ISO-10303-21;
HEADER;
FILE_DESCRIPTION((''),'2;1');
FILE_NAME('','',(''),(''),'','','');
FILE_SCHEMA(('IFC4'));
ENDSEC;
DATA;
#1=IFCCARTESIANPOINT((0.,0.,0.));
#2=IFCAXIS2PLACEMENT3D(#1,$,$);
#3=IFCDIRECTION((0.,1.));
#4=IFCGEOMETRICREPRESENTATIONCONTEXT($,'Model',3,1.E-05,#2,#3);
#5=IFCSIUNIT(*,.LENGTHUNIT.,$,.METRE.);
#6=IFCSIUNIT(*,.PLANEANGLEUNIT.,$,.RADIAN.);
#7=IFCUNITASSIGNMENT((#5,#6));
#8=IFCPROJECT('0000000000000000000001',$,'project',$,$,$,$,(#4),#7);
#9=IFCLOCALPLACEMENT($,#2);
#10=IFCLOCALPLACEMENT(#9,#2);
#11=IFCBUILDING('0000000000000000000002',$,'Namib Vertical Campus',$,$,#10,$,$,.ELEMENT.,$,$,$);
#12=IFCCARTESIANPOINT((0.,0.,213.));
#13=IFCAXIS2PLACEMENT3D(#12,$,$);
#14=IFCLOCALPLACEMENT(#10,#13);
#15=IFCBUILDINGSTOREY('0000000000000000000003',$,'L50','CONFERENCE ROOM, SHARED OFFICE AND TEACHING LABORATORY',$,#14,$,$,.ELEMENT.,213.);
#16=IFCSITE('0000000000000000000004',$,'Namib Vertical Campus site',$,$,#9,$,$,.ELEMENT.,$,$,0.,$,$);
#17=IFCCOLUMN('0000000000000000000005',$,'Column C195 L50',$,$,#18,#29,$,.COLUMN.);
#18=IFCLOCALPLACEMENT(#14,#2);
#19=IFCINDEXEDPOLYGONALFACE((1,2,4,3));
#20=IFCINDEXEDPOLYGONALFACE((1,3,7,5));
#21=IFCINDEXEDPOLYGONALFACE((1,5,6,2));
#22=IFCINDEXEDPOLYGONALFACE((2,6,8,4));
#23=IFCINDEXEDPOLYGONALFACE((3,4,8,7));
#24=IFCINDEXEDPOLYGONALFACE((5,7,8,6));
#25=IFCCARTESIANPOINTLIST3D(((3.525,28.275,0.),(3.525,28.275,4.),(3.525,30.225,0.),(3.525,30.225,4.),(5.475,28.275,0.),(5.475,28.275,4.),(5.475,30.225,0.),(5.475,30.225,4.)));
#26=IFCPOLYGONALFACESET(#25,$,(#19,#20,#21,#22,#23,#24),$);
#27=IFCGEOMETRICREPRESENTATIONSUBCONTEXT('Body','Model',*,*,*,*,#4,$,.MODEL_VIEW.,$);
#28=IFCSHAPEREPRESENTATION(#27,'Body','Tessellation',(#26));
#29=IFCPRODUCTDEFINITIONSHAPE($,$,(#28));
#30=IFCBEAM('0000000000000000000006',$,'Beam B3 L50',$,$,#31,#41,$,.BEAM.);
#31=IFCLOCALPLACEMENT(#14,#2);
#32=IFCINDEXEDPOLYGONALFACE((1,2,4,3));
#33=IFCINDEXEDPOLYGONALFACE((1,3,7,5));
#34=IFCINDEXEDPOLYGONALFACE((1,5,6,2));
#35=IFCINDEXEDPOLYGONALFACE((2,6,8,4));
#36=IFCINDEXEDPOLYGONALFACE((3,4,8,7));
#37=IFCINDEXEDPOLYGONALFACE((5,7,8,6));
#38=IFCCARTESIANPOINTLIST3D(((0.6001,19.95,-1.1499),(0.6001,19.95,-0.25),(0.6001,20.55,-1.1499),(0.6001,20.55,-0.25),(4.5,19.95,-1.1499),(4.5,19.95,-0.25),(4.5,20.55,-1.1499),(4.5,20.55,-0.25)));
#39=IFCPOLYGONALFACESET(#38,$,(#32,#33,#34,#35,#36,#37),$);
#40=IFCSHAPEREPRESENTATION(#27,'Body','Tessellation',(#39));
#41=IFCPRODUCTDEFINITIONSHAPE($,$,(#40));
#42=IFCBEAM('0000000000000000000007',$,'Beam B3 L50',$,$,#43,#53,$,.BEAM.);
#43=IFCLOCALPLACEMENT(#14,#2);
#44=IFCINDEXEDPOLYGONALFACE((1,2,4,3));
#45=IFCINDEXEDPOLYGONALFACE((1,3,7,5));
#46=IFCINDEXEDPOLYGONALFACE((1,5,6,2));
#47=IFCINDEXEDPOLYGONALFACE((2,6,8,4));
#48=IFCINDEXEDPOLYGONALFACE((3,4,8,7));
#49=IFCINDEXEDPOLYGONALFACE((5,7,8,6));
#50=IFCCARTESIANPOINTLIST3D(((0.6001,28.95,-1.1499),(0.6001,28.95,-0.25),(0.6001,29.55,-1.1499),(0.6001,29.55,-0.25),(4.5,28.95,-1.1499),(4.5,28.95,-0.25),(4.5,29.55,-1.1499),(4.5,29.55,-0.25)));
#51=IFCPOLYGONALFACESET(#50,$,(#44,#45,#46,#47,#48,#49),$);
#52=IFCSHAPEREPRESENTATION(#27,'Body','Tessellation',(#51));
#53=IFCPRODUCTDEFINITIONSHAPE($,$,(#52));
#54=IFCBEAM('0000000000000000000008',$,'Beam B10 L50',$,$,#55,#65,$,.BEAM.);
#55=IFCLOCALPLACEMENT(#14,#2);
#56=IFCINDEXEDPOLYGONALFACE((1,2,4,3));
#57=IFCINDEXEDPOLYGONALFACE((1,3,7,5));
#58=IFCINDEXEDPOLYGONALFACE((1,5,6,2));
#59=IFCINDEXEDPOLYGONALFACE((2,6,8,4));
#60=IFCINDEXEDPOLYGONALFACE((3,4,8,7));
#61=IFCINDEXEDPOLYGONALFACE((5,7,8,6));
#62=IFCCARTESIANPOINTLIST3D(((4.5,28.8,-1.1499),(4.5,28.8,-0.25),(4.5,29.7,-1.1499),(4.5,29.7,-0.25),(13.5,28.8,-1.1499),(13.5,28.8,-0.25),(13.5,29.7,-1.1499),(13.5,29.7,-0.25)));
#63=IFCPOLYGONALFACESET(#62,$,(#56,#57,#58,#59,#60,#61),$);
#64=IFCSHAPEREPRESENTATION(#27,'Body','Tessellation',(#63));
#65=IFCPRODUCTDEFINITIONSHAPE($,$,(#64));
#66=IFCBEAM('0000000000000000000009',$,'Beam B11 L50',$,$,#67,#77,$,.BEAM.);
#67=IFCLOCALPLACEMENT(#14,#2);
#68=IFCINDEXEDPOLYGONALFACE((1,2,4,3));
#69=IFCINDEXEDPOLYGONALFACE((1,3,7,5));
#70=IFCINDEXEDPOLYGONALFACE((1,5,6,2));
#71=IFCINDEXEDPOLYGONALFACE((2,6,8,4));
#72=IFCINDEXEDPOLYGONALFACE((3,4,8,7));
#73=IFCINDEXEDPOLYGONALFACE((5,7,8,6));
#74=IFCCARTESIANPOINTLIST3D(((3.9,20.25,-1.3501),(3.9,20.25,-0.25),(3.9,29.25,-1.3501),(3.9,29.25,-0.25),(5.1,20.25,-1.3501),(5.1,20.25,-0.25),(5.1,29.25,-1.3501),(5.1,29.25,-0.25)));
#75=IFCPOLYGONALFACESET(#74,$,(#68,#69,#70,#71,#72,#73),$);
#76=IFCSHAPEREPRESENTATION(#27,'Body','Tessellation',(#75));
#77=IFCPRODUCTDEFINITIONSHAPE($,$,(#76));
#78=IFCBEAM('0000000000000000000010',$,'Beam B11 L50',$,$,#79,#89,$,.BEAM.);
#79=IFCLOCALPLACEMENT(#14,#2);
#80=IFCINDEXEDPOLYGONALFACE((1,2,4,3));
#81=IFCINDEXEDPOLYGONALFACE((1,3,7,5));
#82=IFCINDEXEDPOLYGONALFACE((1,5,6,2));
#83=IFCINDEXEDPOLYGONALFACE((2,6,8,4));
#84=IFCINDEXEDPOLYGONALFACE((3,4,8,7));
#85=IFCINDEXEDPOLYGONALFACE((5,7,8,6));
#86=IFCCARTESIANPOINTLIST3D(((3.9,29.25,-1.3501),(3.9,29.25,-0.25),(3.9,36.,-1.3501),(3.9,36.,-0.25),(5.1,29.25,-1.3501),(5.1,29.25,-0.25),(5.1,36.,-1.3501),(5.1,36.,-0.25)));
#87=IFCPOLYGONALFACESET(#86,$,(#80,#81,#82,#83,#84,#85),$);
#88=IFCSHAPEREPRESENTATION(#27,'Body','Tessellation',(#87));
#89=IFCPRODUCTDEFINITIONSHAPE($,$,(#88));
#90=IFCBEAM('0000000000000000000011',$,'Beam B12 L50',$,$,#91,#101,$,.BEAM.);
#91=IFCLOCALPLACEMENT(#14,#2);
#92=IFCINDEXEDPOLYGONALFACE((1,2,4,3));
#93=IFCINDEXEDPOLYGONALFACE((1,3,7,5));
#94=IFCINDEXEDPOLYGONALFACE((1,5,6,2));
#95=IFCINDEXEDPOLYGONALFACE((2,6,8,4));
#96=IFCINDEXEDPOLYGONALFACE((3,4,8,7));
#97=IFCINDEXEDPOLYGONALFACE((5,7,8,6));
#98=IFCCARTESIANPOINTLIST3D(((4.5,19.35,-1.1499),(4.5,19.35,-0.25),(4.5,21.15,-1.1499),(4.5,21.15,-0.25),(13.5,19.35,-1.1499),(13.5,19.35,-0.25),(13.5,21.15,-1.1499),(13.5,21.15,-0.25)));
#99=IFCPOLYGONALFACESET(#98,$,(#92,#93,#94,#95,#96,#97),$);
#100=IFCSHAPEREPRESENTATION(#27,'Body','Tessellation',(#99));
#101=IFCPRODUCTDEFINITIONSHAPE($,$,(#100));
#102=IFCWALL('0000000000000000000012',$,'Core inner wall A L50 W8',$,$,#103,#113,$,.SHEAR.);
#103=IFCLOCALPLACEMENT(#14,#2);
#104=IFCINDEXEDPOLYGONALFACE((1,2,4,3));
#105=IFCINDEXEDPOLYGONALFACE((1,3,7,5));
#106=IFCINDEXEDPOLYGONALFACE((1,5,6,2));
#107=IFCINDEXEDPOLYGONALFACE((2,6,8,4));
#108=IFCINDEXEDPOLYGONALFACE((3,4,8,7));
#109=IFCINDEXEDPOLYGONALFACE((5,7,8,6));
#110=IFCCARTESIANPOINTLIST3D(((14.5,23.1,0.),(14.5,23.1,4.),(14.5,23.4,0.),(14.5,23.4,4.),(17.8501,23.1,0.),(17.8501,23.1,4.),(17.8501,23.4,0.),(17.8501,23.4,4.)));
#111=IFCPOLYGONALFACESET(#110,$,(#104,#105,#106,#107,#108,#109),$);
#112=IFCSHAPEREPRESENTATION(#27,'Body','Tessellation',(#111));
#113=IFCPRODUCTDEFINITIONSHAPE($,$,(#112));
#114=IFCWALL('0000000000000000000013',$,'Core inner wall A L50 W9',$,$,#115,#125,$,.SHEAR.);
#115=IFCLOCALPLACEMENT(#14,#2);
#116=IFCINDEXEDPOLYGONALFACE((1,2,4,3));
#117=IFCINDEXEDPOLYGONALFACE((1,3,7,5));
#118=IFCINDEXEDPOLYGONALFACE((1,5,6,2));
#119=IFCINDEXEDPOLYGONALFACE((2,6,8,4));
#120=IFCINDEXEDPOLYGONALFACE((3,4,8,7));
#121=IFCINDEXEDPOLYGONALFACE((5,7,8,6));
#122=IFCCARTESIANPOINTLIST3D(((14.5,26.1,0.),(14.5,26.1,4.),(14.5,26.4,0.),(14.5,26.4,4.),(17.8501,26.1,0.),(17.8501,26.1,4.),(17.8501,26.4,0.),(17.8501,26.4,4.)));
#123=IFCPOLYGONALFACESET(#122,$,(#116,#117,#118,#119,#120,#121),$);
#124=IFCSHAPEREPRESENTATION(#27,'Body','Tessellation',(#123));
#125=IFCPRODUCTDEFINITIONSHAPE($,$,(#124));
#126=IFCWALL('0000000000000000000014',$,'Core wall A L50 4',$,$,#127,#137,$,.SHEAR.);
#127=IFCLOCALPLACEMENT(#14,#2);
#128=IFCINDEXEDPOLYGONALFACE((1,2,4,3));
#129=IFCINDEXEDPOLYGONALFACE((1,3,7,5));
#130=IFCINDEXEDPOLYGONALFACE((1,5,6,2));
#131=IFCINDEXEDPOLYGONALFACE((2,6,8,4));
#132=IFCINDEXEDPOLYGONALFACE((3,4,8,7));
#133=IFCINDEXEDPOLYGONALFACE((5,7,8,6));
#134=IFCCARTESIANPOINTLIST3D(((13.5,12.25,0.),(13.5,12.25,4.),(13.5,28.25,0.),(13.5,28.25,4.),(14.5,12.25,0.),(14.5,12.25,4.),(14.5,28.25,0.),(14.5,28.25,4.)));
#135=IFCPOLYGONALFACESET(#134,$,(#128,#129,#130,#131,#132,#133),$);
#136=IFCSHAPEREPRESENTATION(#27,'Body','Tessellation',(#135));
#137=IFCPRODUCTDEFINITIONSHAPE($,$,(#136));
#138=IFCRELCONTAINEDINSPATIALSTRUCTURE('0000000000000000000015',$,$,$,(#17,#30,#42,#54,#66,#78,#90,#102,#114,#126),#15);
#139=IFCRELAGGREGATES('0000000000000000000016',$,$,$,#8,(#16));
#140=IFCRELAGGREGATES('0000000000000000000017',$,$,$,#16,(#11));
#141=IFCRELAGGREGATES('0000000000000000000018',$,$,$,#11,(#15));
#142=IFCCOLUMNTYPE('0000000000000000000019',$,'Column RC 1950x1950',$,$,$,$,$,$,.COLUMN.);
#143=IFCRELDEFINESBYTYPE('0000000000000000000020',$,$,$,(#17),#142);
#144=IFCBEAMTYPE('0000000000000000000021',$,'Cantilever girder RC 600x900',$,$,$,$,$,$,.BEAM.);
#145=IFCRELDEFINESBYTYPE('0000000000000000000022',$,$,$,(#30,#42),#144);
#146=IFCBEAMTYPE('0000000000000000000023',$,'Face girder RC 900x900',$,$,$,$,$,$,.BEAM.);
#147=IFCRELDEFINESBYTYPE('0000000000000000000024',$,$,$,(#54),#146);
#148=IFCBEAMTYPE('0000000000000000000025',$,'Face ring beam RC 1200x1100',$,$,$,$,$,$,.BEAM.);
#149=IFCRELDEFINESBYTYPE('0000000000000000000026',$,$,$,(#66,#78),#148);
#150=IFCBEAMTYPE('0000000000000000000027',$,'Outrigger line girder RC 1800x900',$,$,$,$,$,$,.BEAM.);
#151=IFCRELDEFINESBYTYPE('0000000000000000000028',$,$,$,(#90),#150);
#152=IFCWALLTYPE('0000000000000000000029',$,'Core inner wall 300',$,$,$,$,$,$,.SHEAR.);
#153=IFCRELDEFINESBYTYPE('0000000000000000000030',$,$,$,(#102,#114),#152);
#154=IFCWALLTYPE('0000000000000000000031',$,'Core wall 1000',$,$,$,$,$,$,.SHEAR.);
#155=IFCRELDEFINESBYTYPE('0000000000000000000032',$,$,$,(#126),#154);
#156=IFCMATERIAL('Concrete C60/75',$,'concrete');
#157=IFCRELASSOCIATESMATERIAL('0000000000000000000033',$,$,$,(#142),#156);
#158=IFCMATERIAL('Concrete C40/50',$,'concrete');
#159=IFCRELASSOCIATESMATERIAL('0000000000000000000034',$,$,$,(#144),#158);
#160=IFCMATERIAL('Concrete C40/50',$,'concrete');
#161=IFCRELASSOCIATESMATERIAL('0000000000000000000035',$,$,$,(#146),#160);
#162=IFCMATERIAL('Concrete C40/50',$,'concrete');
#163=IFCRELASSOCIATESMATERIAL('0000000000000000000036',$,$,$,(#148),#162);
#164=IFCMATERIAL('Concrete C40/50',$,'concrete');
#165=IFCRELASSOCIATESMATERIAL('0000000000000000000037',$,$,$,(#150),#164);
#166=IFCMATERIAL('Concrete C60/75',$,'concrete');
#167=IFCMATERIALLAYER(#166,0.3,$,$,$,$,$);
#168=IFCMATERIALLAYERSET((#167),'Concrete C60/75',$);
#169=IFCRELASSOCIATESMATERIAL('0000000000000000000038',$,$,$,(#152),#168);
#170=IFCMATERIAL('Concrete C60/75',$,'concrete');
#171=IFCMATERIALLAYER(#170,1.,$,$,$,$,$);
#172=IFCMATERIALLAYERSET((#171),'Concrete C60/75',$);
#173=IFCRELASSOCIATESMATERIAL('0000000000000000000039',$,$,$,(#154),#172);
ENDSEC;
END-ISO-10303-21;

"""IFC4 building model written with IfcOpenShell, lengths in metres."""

from ifc_helpers import new_model, si_unit, direction, frame, frame_2d, origin, origin_2d, place, context, subcontext, project, spatial, rectangle, extrude, material, layer, layer_set, material_profile, profile_set, type_object, element, save


model = new_model("IFC4")

# Units and contexts
model_context = context("Model", 3, precision=1e-05, world=origin(), true_north=direction((0.0, 1.0)))
body_context = subcontext(model_context, "Body", "Model", "MODEL_VIEW")
ifc_project = project(units=[si_unit("LENGTHUNIT", "METRE"), si_unit("PLANEANGLEUNIT", "RADIAN")], contexts=[model_context])

# Site, building, storey
site_placement = place(None, origin())
site = spatial("IfcSite", under=ifc_project, at=site_placement, Name="Namib Vertical Campus site", CompositionType="ELEMENT", RefElevation=0.0)
building_placement = place(site_placement, origin())
building = spatial("IfcBuilding", under=site, at=building_placement, Name="Namib Vertical Campus", CompositionType="ELEMENT")
storey_placement = place(building_placement, frame((0.0, 0.0, 213.0)))
storey = spatial("IfcBuildingStorey", under=building, at=storey_placement, Name="L50", Description="CONFERENCE ROOM, SHARED OFFICE AND TEACHING LABORATORY", CompositionType="ELEMENT", Elevation=213.0)

# Column
ifc_material_1 = material(Name="Concrete C60/75", Category="concrete")
ifc_material_profile_1 = material_profile(ifc_material_1, rectangle(XDim=1.95, YDim=1.95, at=origin_2d()))
ifc_profile_set_1 = profile_set([ifc_material_profile_1], Name="Concrete C60/75")
column_type = type_object("IfcColumnType", Name="Column RC 1950x1950", PredefinedType="COLUMN", material=ifc_profile_set_1)
column_placement = place(storey_placement, frame((4.5, 29.25, 0.0), z_axis=(0.0, 0.0, 1.0), x_axis=(1.0, 0.0, 0.0)))
element("IfcColumn", 1, at=column_placement, inside=storey, type_object=column_type, Name="Column C195 L50", PredefinedType="COLUMN", context=body_context, shape_type="SweptSolid", body=[
    extrude(rectangle(XDim=1.95, YDim=1.95, at=origin_2d()), origin(), (0.0, 0.0, 1.0), 4.0),
])

# Beams
ifc_material_2 = material(Name="Concrete C40/50", Category="concrete")
ifc_material_profile_2 = material_profile(ifc_material_2, rectangle(XDim=0.6001, YDim=0.8999, at=origin_2d()))
ifc_profile_set_2 = profile_set([ifc_material_profile_2], Name="Concrete C40/50")
beam_type_1 = type_object("IfcBeamType", Name="Cantilever girder RC 600x900", PredefinedType="BEAM", material=ifc_profile_set_2)
for number, where, z_axis, x_axis, name in (
    (2, (4.5, 20.25, -0.7), (-1.0, 0.0, 0.0), (0.0, -1.0, 0.0), "Beam B3 L50"),
    (3, (4.5, 29.25, -0.7), (-1.0, 0.0, 0.0), (0.0, -1.0, 0.0), "Beam B3 L50"),
):
    element("IfcBeam", number, at=place(storey_placement, frame(where, z_axis=z_axis, x_axis=x_axis)), inside=storey, type_object=beam_type_1, Name=name, PredefinedType="BEAM", context=body_context, shape_type="SweptSolid", body=[
        extrude(rectangle(XDim=0.6001, YDim=0.8999, at=origin_2d()), origin(), (0.0, 0.0, 1.0), 3.8999),
    ])
ifc_material_3 = material(Name="Concrete C40/50", Category="concrete")
ifc_material_profile_3 = material_profile(ifc_material_3, rectangle(XDim=0.8999, YDim=0.8999, at=origin_2d()))
ifc_profile_set_3 = profile_set([ifc_material_profile_3], Name="Concrete C40/50")
beam_type_2 = type_object("IfcBeamType", Name="Face girder RC 900x900", PredefinedType="BEAM", material=ifc_profile_set_3)
beam_1_placement = place(storey_placement, frame((4.5, 29.25, -0.7), z_axis=(1.0, 0.0, 0.0), x_axis=(0.0, 1.0, 0.0)))
element("IfcBeam", 4, at=beam_1_placement, inside=storey, type_object=beam_type_2, Name="Beam B10 L50", PredefinedType="BEAM", context=body_context, shape_type="SweptSolid", body=[
    extrude(rectangle(XDim=0.8999, YDim=0.8999, at=origin_2d()), origin(), (0.0, 0.0, 1.0), 9.0),
])
ifc_material_4 = material(Name="Concrete C40/50", Category="concrete")
ifc_material_profile_4 = material_profile(ifc_material_4, rectangle(XDim=1.2, YDim=1.1001, at=origin_2d()))
ifc_profile_set_4 = profile_set([ifc_material_profile_4], Name="Concrete C40/50")
beam_type_3 = type_object("IfcBeamType", Name="Face ring beam RC 1200x1100", PredefinedType="BEAM", material=ifc_profile_set_4)
beam_2_placement = place(storey_placement, frame((4.5, 20.25, -0.8), z_axis=(0.0, 1.0, 0.0), x_axis=(-1.0, 0.0, 0.0)))
element("IfcBeam", 5, at=beam_2_placement, inside=storey, type_object=beam_type_3, Name="Beam B11 L50", PredefinedType="BEAM", context=body_context, shape_type="SweptSolid", body=[
    extrude(rectangle(XDim=1.2, YDim=1.1001, at=origin_2d()), origin(), (0.0, 0.0, 1.0), 9.0),
])
beam_3_placement = place(storey_placement, frame((4.5, 29.25, -0.8), z_axis=(0.0, 1.0, 0.0), x_axis=(-1.0, 0.0, 0.0)))
element("IfcBeam", 6, at=beam_3_placement, inside=storey, type_object=beam_type_3, Name="Beam B11 L50", PredefinedType="BEAM", context=body_context, shape_type="SweptSolid", body=[
    extrude(rectangle(XDim=1.2, YDim=1.1001, at=origin_2d()), origin(), (0.0, 0.0, 1.0), 6.75),
])
ifc_material_5 = material(Name="Concrete C40/50", Category="concrete")
ifc_material_profile_5 = material_profile(ifc_material_5, rectangle(XDim=1.8, YDim=0.8999, at=origin_2d()))
ifc_profile_set_5 = profile_set([ifc_material_profile_5], Name="Concrete C40/50")
beam_type_4 = type_object("IfcBeamType", Name="Outrigger line girder RC 1800x900", PredefinedType="BEAM", material=ifc_profile_set_5)
beam_4_placement = place(storey_placement, frame((4.5, 20.25, -0.7), z_axis=(1.0, 0.0, 0.0), x_axis=(0.0, 1.0, 0.0)))
element("IfcBeam", 7, at=beam_4_placement, inside=storey, type_object=beam_type_4, Name="Beam B12 L50", PredefinedType="BEAM", context=body_context, shape_type="SweptSolid", body=[
    extrude(rectangle(XDim=1.8, YDim=0.8999, at=origin_2d()), origin(), (0.0, 0.0, 1.0), 9.0),
])

# Walls
ifc_material_6 = material(Name="Concrete C60/75", Category="concrete")
ifc_layer_1 = layer(ifc_material_6, 0.3)
ifc_layer_set_1 = layer_set([ifc_layer_1], Name="Concrete C60/75")
wall_type_1 = type_object("IfcWallType", Name="Core inner wall 300", PredefinedType="SHEAR", material=ifc_layer_set_1)
for number, where, z_axis, x_axis, name in (
    (8, (14.5, 23.25, 0.0), (0.0, 0.0, 1.0), (1.0, 0.0, 0.0), "Core inner wall A L50 W8"),
    (9, (14.5, 26.25, 0.0), (0.0, 0.0, 1.0), (1.0, 0.0, 0.0), "Core inner wall A L50 W9"),
):
    element("IfcWall", number, at=place(storey_placement, frame(where, z_axis=z_axis, x_axis=x_axis)), inside=storey, type_object=wall_type_1, Name=name, PredefinedType="SHEAR", context=body_context, shape_type="SweptSolid", body=[
        extrude(rectangle(XDim=3.3501, YDim=0.3, at=frame_2d((1.675, 0.0))), origin(), (0.0, 0.0, 1.0), 4.0),
    ])
ifc_material_7 = material(Name="Concrete C60/75", Category="concrete")
ifc_layer_2 = layer(ifc_material_7, 1.0)
ifc_layer_set_2 = layer_set([ifc_layer_2], Name="Concrete C60/75")
wall_type_2 = type_object("IfcWallType", Name="Core wall 1000", PredefinedType="SHEAR", material=ifc_layer_set_2)
wall_1_placement = place(storey_placement, frame((14.0, 28.25, 0.0), z_axis=(0.0, 0.0, 1.0), x_axis=(0.0, -1.0, 0.0)))
element("IfcWall", 10, at=wall_1_placement, inside=storey, type_object=wall_type_2, Name="Core wall A L50 4", PredefinedType="SHEAR", context=body_context, shape_type="SweptSolid", body=[
    extrude(rectangle(XDim=16.0, YDim=1.0, at=frame_2d((8.0, 0.0))), origin(), (0.0, 0.0, 1.0), 4.0),
])

save(model, "model.ifc")
